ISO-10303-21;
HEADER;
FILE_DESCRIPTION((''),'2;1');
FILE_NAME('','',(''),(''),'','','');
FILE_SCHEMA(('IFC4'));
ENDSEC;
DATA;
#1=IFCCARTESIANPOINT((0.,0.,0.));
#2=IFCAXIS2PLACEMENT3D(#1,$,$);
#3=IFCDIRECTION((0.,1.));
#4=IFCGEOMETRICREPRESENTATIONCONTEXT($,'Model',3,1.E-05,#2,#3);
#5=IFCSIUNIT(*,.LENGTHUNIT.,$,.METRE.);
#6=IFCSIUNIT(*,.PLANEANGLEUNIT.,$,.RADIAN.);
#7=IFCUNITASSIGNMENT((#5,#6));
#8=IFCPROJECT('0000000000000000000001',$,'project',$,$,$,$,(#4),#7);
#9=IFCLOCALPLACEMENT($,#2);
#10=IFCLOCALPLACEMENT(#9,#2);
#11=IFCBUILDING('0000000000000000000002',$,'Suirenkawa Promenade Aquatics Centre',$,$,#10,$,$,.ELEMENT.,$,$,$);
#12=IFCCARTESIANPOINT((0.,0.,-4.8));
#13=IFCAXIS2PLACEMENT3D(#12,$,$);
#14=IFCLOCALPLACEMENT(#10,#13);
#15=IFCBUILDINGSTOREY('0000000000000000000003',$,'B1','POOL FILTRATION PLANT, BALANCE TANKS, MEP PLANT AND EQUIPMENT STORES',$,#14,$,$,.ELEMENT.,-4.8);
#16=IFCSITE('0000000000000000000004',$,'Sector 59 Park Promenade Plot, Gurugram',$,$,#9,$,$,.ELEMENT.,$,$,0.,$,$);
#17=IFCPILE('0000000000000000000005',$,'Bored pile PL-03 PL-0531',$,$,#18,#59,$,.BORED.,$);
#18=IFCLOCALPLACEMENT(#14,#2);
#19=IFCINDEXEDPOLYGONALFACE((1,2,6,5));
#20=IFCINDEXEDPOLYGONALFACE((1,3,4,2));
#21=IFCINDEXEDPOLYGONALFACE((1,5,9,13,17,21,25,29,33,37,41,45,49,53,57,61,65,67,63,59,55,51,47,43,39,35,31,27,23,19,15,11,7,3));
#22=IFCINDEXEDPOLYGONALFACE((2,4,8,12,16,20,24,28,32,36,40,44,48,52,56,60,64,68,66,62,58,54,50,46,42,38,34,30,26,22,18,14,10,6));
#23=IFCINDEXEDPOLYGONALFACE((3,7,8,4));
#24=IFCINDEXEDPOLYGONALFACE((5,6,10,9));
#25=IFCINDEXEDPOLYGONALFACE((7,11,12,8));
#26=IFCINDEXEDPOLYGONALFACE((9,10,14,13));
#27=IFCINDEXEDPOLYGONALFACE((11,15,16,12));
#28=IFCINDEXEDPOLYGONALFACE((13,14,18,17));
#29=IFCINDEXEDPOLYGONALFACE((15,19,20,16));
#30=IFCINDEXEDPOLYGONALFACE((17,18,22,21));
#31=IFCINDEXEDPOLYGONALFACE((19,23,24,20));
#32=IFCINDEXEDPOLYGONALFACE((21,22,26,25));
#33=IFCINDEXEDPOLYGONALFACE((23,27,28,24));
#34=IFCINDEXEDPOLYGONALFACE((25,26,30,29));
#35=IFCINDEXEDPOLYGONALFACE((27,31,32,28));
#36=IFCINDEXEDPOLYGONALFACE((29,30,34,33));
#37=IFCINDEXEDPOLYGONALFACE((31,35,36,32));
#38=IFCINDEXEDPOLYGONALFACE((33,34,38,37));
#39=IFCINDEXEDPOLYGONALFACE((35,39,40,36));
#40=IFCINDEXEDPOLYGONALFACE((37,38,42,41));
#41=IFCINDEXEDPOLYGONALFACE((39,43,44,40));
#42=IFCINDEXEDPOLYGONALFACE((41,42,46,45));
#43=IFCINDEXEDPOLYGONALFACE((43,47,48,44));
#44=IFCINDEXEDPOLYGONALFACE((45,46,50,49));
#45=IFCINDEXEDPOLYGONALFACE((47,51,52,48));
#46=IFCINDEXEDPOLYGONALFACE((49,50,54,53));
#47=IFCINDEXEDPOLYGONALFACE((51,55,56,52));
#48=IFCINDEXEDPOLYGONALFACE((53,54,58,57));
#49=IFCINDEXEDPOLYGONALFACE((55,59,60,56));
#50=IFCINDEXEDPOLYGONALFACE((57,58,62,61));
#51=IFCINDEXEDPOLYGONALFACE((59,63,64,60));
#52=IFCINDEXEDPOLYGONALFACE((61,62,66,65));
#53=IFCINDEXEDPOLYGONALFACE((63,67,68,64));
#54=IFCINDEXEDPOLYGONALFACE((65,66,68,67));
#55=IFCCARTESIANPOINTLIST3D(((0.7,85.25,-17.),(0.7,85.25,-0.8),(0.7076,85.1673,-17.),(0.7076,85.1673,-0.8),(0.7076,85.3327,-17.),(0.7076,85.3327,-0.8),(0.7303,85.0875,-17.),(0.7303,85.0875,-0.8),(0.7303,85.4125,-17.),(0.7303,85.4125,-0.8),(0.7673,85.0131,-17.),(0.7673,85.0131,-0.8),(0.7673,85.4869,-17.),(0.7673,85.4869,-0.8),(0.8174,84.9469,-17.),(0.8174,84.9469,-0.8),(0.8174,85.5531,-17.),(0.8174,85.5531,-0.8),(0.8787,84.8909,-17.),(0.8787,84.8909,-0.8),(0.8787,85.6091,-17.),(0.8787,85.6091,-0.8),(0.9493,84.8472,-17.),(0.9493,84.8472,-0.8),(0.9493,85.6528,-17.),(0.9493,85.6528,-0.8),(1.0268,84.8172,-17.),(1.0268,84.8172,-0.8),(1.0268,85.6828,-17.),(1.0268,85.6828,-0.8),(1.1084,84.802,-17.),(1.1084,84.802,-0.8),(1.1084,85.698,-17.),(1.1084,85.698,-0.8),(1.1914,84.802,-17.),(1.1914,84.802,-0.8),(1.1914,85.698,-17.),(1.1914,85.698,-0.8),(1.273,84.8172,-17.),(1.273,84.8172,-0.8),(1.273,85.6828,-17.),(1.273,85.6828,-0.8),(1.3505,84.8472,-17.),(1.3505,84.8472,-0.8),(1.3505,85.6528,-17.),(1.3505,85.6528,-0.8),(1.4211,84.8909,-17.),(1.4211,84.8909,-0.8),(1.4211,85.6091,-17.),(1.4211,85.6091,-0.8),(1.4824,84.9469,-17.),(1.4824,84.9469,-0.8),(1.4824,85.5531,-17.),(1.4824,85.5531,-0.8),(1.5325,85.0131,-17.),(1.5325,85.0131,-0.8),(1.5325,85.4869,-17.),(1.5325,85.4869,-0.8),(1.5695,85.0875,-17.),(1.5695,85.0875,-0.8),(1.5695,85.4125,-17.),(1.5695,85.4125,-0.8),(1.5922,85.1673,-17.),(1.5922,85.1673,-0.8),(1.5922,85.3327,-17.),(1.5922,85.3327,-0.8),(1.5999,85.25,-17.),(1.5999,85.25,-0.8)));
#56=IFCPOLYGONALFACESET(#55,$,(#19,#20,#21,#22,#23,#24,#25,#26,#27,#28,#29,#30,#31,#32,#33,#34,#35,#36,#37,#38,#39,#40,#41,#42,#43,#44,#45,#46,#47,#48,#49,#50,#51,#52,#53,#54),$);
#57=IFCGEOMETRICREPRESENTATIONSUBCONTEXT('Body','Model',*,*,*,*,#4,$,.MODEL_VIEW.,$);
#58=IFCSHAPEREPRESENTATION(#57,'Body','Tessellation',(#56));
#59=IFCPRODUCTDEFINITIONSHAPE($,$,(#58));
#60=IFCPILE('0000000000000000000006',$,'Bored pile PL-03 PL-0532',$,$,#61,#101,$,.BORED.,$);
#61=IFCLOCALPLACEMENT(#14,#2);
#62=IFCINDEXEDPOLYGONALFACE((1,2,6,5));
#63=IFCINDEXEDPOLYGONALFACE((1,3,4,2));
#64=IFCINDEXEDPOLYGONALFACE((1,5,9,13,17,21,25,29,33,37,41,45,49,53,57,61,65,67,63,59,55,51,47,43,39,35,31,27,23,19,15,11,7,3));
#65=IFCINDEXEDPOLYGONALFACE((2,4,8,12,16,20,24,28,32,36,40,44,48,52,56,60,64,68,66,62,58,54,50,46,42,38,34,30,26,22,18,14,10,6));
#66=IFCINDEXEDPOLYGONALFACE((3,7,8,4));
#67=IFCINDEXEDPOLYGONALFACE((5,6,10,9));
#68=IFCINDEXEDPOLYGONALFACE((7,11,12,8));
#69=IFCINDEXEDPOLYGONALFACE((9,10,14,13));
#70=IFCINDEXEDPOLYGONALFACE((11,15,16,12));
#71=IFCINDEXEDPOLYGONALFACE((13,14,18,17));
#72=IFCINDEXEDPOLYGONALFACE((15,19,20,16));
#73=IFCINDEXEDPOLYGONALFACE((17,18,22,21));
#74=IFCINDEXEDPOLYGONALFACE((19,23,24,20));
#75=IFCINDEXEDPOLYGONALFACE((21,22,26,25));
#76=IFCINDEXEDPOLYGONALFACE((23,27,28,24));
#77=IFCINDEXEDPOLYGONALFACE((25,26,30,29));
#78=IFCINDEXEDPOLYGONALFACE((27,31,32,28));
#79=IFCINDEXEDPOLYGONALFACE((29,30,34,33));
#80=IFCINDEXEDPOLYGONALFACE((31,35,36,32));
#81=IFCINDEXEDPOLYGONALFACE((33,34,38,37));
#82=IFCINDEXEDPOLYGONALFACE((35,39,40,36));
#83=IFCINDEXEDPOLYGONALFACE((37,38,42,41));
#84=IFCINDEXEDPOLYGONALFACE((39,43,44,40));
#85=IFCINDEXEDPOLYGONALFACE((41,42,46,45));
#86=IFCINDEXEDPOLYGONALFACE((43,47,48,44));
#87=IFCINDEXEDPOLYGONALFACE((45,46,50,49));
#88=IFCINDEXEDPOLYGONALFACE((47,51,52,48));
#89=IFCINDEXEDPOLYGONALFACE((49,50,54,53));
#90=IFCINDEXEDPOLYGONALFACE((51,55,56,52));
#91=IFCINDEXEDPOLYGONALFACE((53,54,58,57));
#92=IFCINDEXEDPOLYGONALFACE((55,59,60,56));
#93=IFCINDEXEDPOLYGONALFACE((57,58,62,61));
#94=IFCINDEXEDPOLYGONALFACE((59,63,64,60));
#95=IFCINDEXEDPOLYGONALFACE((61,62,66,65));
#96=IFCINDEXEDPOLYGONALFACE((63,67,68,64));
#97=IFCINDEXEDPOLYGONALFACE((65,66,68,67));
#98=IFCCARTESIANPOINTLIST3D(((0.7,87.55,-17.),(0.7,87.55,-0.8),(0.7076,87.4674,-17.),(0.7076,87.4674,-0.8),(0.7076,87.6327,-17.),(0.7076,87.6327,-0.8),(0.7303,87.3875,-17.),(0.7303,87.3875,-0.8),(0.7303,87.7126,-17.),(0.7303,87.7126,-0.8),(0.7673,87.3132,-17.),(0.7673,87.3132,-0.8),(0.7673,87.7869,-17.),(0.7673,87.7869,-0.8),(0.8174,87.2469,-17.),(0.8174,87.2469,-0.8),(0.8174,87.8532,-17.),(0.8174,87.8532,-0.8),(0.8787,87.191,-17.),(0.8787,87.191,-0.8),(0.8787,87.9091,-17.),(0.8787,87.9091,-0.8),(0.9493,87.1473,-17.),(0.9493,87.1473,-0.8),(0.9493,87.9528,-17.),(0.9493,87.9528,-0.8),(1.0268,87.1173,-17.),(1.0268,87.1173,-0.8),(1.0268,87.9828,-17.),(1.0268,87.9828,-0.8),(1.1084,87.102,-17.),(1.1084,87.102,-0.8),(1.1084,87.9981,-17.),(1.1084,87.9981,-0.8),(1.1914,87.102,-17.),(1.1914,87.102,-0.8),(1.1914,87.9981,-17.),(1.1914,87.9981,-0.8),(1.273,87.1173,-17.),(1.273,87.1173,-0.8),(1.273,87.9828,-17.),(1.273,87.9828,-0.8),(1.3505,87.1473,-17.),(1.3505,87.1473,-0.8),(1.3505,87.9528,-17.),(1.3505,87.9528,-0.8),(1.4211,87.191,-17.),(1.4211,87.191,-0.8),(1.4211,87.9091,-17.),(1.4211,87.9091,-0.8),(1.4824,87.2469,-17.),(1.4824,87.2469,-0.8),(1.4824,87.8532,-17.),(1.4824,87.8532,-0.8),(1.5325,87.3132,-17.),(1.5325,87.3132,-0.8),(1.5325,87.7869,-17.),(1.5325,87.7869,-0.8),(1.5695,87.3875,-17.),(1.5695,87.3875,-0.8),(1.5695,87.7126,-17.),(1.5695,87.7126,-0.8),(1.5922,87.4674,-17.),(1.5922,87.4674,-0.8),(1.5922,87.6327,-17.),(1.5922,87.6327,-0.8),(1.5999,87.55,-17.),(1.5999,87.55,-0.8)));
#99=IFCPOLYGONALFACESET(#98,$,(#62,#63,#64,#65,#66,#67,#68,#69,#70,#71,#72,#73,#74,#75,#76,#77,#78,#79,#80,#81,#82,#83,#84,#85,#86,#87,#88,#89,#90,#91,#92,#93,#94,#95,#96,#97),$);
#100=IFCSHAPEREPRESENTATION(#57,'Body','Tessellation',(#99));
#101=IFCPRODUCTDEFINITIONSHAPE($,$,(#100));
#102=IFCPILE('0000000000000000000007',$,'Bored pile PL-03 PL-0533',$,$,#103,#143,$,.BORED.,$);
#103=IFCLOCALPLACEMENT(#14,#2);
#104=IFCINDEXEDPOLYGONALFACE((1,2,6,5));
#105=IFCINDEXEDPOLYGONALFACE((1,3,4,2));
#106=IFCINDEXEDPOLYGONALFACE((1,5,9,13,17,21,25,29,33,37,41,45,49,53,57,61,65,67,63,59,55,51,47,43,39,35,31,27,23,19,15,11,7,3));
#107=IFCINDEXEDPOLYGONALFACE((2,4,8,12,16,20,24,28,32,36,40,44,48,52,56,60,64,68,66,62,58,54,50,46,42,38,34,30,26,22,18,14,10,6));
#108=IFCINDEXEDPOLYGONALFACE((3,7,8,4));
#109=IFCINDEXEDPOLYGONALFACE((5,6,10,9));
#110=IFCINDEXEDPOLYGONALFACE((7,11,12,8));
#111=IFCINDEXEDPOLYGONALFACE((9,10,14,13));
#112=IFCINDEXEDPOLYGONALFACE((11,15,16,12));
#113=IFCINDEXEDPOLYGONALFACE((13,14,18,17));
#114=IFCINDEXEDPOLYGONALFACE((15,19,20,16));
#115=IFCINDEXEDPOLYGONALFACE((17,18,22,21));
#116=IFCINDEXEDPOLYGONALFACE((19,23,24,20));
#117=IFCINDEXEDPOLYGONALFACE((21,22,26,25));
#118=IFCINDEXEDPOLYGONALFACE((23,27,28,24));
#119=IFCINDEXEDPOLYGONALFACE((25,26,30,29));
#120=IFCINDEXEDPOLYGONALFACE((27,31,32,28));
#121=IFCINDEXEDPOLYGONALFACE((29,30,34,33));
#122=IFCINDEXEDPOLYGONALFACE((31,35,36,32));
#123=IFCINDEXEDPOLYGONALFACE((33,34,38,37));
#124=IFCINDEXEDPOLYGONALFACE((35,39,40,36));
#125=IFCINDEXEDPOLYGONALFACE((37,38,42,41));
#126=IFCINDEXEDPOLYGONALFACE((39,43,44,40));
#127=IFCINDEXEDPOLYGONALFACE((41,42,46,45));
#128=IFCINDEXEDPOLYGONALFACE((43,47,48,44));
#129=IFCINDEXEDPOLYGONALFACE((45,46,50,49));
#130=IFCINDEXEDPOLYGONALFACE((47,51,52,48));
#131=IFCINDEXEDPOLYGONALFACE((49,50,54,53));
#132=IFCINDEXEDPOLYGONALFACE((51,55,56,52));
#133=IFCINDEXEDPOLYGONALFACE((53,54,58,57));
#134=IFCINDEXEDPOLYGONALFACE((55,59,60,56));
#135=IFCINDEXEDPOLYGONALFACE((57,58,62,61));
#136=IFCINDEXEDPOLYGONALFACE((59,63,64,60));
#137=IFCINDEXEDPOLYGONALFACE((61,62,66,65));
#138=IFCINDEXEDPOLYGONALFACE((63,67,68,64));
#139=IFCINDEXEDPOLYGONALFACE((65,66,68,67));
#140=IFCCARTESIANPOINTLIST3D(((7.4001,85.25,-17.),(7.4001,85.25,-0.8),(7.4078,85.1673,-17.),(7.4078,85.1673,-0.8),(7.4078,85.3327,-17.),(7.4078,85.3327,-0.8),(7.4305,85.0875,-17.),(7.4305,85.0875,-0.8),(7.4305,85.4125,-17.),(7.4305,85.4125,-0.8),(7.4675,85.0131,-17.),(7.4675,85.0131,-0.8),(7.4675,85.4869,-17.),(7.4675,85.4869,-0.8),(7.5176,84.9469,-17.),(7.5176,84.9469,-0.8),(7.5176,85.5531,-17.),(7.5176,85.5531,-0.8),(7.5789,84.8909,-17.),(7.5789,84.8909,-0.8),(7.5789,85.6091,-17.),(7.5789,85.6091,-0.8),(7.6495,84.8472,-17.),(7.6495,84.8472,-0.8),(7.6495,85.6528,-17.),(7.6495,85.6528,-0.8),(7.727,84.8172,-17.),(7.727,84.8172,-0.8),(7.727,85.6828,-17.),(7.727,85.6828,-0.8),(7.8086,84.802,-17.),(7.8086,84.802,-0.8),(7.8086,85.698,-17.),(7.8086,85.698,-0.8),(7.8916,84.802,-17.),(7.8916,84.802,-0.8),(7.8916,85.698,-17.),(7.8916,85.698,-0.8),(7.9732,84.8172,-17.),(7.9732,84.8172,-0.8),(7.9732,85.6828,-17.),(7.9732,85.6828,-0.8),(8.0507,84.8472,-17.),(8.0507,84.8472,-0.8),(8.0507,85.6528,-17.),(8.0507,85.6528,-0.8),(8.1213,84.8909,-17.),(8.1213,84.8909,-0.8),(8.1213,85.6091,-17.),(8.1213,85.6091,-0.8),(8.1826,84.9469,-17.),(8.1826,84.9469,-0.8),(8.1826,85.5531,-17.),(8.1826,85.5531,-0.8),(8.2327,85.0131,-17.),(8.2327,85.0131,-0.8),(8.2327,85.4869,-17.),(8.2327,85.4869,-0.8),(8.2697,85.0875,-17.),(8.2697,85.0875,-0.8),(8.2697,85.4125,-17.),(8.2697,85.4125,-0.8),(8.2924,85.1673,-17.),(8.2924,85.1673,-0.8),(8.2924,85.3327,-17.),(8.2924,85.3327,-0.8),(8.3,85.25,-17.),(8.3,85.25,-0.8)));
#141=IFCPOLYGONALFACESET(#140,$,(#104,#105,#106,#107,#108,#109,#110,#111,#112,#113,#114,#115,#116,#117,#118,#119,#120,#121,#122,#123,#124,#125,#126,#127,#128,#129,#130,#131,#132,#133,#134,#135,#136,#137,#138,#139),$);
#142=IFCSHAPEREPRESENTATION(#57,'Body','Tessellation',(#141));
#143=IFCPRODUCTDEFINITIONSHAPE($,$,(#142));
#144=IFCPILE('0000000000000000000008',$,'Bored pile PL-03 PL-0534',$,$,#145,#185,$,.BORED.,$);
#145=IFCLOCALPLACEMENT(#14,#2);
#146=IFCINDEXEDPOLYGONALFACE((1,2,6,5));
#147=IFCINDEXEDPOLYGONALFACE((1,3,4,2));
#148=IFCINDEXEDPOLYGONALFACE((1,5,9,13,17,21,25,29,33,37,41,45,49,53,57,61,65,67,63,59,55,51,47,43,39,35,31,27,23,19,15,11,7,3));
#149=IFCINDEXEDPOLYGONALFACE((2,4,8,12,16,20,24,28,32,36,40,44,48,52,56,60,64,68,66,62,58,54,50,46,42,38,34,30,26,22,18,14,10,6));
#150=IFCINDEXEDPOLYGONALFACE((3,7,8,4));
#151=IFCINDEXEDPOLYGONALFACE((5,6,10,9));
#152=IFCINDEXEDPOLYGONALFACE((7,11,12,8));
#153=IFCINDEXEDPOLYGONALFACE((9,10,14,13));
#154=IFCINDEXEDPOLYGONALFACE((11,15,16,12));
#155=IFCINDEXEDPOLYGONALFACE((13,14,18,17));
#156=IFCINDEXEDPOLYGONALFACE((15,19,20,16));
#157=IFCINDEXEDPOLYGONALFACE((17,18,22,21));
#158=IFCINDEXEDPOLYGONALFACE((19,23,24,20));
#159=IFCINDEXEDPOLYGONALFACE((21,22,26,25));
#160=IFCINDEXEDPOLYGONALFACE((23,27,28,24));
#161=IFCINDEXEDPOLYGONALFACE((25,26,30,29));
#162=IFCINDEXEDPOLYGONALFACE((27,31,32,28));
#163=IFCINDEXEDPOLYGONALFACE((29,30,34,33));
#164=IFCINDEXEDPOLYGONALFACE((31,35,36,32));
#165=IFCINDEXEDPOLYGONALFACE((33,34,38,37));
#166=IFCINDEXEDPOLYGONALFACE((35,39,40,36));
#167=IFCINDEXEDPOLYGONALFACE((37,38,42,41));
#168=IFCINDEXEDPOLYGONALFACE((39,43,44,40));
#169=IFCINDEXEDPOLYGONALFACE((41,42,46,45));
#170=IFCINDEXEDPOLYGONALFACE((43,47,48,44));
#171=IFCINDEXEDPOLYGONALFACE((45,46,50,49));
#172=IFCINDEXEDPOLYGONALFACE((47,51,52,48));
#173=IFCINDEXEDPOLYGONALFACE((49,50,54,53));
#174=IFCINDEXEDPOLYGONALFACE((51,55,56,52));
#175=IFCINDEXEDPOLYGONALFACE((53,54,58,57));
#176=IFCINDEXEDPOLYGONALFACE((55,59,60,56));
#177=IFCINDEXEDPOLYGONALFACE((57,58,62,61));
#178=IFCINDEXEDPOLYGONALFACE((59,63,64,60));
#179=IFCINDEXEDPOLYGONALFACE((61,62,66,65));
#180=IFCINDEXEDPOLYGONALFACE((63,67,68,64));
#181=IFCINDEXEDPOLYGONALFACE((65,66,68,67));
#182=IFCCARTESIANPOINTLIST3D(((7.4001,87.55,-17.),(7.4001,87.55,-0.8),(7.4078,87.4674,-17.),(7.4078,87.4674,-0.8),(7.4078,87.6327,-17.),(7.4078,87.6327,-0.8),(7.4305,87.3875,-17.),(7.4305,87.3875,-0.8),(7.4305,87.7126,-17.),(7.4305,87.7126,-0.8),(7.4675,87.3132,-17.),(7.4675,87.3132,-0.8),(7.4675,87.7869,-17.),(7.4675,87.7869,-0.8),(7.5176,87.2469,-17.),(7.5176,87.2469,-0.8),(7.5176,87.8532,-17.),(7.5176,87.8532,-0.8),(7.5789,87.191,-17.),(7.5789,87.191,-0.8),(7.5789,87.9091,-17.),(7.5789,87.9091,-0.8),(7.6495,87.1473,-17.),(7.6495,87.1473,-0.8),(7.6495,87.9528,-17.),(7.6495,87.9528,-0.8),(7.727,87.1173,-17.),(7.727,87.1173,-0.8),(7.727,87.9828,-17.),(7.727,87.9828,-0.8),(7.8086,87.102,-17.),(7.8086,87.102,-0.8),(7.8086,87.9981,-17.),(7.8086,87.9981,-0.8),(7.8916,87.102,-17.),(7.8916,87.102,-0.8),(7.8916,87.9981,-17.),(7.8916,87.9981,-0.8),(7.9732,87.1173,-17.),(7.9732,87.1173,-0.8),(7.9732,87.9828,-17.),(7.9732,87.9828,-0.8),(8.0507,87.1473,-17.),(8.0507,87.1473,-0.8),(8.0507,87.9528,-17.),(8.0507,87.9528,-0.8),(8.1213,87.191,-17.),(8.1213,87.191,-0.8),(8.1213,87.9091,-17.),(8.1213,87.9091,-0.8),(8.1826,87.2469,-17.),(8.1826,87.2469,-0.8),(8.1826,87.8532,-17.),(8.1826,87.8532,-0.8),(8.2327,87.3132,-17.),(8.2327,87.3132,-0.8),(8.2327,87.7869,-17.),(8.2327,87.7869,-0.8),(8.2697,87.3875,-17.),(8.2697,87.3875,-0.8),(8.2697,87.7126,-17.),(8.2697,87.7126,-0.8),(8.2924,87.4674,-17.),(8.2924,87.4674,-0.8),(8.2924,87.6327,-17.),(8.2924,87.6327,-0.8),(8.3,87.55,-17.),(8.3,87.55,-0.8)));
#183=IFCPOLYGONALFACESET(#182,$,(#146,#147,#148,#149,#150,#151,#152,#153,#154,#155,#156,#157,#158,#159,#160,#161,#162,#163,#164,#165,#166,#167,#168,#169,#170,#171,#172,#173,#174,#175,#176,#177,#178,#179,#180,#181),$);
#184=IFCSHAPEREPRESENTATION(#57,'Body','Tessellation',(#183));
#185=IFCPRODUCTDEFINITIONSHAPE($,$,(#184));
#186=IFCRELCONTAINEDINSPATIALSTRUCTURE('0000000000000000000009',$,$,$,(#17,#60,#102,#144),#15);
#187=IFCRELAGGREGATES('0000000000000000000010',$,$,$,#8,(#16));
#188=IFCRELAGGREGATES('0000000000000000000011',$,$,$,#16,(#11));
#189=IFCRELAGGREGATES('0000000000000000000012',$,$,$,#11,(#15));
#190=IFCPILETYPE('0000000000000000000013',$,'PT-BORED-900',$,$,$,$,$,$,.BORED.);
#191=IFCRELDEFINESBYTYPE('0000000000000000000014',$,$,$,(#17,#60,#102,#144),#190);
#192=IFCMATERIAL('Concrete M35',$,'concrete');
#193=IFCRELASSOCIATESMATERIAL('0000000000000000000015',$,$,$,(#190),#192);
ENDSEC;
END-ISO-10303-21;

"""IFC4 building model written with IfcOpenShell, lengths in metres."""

from ifc_helpers import new_model, si_unit, direction, frame, origin, origin_2d, place, context, subcontext, project, spatial, circle, extrude, material, material_profile, profile_set, type_object, element, save


model = new_model("IFC4")

# Units and contexts
model_context = context("Model", 3, precision=1e-05, world=origin(), true_north=direction((0.0, 1.0)))
body_context = subcontext(model_context, "Body", "Model", "MODEL_VIEW")
ifc_project = project(units=[si_unit("LENGTHUNIT", "METRE"), si_unit("PLANEANGLEUNIT", "RADIAN")], contexts=[model_context])

# Site, building, storey
site_placement = place(None, origin())
site = spatial("IfcSite", under=ifc_project, at=site_placement, Name="Sector 59 Park Promenade Plot, Gurugram", CompositionType="ELEMENT", RefElevation=0.0)
building_placement = place(site_placement, origin())
building = spatial("IfcBuilding", under=site, at=building_placement, Name="Suirenkawa Promenade Aquatics Centre", CompositionType="ELEMENT")
storey_placement = place(building_placement, frame((0.0, 0.0, -4.8)))
storey = spatial("IfcBuildingStorey", under=building, at=storey_placement, Name="B1", Description="POOL FILTRATION PLANT, BALANCE TANKS, MEP PLANT AND EQUIPMENT STORES", CompositionType="ELEMENT", Elevation=-4.8)

# Shared definitions
ifc_material_1 = material(Name="Concrete M35", Category="concrete")

# Piles
ifc_material_profile_1 = material_profile(ifc_material_1, circle(Radius=0.45, at=origin_2d()), Name="PILE D900", Category="concrete")
ifc_profile_set_1 = profile_set([ifc_material_profile_1], Name="Concrete M35")
pile_type_1 = type_object("IfcPileType", Name="PT-BORED-900", PredefinedType="BORED", material=ifc_profile_set_1)
for number, where, z_axis, x_axis, name in (
    (1, (1.1499, 85.25, -0.8), (0.0, 0.0, -1.0), (1.0, 0.0, 0.0), "Bored pile PL-03 PL-0531"),
    (2, (1.1499, 87.55, -0.8), (0.0, 0.0, -1.0), (1.0, 0.0, 0.0), "Bored pile PL-03 PL-0532"),
    (3, (7.8501, 85.25, -0.8), (0.0, 0.0, -1.0), (1.0, 0.0, 0.0), "Bored pile PL-03 PL-0533"),
    (4, (7.8501, 87.55, -0.8), (0.0, 0.0, -1.0), (1.0, 0.0, 0.0), "Bored pile PL-03 PL-0534"),
):
    element("IfcPile", number, at=place(storey_placement, frame(where, z_axis=z_axis, x_axis=x_axis)), inside=storey, type_object=pile_type_1, Name=name, PredefinedType="BORED", context=body_context, shape_type="SweptSolid", body=[
        extrude(circle(Radius=0.45, at=origin_2d()), origin(), (0.0, 0.0, 1.0), 16.2),
    ])

save(model, "model.ifc")
